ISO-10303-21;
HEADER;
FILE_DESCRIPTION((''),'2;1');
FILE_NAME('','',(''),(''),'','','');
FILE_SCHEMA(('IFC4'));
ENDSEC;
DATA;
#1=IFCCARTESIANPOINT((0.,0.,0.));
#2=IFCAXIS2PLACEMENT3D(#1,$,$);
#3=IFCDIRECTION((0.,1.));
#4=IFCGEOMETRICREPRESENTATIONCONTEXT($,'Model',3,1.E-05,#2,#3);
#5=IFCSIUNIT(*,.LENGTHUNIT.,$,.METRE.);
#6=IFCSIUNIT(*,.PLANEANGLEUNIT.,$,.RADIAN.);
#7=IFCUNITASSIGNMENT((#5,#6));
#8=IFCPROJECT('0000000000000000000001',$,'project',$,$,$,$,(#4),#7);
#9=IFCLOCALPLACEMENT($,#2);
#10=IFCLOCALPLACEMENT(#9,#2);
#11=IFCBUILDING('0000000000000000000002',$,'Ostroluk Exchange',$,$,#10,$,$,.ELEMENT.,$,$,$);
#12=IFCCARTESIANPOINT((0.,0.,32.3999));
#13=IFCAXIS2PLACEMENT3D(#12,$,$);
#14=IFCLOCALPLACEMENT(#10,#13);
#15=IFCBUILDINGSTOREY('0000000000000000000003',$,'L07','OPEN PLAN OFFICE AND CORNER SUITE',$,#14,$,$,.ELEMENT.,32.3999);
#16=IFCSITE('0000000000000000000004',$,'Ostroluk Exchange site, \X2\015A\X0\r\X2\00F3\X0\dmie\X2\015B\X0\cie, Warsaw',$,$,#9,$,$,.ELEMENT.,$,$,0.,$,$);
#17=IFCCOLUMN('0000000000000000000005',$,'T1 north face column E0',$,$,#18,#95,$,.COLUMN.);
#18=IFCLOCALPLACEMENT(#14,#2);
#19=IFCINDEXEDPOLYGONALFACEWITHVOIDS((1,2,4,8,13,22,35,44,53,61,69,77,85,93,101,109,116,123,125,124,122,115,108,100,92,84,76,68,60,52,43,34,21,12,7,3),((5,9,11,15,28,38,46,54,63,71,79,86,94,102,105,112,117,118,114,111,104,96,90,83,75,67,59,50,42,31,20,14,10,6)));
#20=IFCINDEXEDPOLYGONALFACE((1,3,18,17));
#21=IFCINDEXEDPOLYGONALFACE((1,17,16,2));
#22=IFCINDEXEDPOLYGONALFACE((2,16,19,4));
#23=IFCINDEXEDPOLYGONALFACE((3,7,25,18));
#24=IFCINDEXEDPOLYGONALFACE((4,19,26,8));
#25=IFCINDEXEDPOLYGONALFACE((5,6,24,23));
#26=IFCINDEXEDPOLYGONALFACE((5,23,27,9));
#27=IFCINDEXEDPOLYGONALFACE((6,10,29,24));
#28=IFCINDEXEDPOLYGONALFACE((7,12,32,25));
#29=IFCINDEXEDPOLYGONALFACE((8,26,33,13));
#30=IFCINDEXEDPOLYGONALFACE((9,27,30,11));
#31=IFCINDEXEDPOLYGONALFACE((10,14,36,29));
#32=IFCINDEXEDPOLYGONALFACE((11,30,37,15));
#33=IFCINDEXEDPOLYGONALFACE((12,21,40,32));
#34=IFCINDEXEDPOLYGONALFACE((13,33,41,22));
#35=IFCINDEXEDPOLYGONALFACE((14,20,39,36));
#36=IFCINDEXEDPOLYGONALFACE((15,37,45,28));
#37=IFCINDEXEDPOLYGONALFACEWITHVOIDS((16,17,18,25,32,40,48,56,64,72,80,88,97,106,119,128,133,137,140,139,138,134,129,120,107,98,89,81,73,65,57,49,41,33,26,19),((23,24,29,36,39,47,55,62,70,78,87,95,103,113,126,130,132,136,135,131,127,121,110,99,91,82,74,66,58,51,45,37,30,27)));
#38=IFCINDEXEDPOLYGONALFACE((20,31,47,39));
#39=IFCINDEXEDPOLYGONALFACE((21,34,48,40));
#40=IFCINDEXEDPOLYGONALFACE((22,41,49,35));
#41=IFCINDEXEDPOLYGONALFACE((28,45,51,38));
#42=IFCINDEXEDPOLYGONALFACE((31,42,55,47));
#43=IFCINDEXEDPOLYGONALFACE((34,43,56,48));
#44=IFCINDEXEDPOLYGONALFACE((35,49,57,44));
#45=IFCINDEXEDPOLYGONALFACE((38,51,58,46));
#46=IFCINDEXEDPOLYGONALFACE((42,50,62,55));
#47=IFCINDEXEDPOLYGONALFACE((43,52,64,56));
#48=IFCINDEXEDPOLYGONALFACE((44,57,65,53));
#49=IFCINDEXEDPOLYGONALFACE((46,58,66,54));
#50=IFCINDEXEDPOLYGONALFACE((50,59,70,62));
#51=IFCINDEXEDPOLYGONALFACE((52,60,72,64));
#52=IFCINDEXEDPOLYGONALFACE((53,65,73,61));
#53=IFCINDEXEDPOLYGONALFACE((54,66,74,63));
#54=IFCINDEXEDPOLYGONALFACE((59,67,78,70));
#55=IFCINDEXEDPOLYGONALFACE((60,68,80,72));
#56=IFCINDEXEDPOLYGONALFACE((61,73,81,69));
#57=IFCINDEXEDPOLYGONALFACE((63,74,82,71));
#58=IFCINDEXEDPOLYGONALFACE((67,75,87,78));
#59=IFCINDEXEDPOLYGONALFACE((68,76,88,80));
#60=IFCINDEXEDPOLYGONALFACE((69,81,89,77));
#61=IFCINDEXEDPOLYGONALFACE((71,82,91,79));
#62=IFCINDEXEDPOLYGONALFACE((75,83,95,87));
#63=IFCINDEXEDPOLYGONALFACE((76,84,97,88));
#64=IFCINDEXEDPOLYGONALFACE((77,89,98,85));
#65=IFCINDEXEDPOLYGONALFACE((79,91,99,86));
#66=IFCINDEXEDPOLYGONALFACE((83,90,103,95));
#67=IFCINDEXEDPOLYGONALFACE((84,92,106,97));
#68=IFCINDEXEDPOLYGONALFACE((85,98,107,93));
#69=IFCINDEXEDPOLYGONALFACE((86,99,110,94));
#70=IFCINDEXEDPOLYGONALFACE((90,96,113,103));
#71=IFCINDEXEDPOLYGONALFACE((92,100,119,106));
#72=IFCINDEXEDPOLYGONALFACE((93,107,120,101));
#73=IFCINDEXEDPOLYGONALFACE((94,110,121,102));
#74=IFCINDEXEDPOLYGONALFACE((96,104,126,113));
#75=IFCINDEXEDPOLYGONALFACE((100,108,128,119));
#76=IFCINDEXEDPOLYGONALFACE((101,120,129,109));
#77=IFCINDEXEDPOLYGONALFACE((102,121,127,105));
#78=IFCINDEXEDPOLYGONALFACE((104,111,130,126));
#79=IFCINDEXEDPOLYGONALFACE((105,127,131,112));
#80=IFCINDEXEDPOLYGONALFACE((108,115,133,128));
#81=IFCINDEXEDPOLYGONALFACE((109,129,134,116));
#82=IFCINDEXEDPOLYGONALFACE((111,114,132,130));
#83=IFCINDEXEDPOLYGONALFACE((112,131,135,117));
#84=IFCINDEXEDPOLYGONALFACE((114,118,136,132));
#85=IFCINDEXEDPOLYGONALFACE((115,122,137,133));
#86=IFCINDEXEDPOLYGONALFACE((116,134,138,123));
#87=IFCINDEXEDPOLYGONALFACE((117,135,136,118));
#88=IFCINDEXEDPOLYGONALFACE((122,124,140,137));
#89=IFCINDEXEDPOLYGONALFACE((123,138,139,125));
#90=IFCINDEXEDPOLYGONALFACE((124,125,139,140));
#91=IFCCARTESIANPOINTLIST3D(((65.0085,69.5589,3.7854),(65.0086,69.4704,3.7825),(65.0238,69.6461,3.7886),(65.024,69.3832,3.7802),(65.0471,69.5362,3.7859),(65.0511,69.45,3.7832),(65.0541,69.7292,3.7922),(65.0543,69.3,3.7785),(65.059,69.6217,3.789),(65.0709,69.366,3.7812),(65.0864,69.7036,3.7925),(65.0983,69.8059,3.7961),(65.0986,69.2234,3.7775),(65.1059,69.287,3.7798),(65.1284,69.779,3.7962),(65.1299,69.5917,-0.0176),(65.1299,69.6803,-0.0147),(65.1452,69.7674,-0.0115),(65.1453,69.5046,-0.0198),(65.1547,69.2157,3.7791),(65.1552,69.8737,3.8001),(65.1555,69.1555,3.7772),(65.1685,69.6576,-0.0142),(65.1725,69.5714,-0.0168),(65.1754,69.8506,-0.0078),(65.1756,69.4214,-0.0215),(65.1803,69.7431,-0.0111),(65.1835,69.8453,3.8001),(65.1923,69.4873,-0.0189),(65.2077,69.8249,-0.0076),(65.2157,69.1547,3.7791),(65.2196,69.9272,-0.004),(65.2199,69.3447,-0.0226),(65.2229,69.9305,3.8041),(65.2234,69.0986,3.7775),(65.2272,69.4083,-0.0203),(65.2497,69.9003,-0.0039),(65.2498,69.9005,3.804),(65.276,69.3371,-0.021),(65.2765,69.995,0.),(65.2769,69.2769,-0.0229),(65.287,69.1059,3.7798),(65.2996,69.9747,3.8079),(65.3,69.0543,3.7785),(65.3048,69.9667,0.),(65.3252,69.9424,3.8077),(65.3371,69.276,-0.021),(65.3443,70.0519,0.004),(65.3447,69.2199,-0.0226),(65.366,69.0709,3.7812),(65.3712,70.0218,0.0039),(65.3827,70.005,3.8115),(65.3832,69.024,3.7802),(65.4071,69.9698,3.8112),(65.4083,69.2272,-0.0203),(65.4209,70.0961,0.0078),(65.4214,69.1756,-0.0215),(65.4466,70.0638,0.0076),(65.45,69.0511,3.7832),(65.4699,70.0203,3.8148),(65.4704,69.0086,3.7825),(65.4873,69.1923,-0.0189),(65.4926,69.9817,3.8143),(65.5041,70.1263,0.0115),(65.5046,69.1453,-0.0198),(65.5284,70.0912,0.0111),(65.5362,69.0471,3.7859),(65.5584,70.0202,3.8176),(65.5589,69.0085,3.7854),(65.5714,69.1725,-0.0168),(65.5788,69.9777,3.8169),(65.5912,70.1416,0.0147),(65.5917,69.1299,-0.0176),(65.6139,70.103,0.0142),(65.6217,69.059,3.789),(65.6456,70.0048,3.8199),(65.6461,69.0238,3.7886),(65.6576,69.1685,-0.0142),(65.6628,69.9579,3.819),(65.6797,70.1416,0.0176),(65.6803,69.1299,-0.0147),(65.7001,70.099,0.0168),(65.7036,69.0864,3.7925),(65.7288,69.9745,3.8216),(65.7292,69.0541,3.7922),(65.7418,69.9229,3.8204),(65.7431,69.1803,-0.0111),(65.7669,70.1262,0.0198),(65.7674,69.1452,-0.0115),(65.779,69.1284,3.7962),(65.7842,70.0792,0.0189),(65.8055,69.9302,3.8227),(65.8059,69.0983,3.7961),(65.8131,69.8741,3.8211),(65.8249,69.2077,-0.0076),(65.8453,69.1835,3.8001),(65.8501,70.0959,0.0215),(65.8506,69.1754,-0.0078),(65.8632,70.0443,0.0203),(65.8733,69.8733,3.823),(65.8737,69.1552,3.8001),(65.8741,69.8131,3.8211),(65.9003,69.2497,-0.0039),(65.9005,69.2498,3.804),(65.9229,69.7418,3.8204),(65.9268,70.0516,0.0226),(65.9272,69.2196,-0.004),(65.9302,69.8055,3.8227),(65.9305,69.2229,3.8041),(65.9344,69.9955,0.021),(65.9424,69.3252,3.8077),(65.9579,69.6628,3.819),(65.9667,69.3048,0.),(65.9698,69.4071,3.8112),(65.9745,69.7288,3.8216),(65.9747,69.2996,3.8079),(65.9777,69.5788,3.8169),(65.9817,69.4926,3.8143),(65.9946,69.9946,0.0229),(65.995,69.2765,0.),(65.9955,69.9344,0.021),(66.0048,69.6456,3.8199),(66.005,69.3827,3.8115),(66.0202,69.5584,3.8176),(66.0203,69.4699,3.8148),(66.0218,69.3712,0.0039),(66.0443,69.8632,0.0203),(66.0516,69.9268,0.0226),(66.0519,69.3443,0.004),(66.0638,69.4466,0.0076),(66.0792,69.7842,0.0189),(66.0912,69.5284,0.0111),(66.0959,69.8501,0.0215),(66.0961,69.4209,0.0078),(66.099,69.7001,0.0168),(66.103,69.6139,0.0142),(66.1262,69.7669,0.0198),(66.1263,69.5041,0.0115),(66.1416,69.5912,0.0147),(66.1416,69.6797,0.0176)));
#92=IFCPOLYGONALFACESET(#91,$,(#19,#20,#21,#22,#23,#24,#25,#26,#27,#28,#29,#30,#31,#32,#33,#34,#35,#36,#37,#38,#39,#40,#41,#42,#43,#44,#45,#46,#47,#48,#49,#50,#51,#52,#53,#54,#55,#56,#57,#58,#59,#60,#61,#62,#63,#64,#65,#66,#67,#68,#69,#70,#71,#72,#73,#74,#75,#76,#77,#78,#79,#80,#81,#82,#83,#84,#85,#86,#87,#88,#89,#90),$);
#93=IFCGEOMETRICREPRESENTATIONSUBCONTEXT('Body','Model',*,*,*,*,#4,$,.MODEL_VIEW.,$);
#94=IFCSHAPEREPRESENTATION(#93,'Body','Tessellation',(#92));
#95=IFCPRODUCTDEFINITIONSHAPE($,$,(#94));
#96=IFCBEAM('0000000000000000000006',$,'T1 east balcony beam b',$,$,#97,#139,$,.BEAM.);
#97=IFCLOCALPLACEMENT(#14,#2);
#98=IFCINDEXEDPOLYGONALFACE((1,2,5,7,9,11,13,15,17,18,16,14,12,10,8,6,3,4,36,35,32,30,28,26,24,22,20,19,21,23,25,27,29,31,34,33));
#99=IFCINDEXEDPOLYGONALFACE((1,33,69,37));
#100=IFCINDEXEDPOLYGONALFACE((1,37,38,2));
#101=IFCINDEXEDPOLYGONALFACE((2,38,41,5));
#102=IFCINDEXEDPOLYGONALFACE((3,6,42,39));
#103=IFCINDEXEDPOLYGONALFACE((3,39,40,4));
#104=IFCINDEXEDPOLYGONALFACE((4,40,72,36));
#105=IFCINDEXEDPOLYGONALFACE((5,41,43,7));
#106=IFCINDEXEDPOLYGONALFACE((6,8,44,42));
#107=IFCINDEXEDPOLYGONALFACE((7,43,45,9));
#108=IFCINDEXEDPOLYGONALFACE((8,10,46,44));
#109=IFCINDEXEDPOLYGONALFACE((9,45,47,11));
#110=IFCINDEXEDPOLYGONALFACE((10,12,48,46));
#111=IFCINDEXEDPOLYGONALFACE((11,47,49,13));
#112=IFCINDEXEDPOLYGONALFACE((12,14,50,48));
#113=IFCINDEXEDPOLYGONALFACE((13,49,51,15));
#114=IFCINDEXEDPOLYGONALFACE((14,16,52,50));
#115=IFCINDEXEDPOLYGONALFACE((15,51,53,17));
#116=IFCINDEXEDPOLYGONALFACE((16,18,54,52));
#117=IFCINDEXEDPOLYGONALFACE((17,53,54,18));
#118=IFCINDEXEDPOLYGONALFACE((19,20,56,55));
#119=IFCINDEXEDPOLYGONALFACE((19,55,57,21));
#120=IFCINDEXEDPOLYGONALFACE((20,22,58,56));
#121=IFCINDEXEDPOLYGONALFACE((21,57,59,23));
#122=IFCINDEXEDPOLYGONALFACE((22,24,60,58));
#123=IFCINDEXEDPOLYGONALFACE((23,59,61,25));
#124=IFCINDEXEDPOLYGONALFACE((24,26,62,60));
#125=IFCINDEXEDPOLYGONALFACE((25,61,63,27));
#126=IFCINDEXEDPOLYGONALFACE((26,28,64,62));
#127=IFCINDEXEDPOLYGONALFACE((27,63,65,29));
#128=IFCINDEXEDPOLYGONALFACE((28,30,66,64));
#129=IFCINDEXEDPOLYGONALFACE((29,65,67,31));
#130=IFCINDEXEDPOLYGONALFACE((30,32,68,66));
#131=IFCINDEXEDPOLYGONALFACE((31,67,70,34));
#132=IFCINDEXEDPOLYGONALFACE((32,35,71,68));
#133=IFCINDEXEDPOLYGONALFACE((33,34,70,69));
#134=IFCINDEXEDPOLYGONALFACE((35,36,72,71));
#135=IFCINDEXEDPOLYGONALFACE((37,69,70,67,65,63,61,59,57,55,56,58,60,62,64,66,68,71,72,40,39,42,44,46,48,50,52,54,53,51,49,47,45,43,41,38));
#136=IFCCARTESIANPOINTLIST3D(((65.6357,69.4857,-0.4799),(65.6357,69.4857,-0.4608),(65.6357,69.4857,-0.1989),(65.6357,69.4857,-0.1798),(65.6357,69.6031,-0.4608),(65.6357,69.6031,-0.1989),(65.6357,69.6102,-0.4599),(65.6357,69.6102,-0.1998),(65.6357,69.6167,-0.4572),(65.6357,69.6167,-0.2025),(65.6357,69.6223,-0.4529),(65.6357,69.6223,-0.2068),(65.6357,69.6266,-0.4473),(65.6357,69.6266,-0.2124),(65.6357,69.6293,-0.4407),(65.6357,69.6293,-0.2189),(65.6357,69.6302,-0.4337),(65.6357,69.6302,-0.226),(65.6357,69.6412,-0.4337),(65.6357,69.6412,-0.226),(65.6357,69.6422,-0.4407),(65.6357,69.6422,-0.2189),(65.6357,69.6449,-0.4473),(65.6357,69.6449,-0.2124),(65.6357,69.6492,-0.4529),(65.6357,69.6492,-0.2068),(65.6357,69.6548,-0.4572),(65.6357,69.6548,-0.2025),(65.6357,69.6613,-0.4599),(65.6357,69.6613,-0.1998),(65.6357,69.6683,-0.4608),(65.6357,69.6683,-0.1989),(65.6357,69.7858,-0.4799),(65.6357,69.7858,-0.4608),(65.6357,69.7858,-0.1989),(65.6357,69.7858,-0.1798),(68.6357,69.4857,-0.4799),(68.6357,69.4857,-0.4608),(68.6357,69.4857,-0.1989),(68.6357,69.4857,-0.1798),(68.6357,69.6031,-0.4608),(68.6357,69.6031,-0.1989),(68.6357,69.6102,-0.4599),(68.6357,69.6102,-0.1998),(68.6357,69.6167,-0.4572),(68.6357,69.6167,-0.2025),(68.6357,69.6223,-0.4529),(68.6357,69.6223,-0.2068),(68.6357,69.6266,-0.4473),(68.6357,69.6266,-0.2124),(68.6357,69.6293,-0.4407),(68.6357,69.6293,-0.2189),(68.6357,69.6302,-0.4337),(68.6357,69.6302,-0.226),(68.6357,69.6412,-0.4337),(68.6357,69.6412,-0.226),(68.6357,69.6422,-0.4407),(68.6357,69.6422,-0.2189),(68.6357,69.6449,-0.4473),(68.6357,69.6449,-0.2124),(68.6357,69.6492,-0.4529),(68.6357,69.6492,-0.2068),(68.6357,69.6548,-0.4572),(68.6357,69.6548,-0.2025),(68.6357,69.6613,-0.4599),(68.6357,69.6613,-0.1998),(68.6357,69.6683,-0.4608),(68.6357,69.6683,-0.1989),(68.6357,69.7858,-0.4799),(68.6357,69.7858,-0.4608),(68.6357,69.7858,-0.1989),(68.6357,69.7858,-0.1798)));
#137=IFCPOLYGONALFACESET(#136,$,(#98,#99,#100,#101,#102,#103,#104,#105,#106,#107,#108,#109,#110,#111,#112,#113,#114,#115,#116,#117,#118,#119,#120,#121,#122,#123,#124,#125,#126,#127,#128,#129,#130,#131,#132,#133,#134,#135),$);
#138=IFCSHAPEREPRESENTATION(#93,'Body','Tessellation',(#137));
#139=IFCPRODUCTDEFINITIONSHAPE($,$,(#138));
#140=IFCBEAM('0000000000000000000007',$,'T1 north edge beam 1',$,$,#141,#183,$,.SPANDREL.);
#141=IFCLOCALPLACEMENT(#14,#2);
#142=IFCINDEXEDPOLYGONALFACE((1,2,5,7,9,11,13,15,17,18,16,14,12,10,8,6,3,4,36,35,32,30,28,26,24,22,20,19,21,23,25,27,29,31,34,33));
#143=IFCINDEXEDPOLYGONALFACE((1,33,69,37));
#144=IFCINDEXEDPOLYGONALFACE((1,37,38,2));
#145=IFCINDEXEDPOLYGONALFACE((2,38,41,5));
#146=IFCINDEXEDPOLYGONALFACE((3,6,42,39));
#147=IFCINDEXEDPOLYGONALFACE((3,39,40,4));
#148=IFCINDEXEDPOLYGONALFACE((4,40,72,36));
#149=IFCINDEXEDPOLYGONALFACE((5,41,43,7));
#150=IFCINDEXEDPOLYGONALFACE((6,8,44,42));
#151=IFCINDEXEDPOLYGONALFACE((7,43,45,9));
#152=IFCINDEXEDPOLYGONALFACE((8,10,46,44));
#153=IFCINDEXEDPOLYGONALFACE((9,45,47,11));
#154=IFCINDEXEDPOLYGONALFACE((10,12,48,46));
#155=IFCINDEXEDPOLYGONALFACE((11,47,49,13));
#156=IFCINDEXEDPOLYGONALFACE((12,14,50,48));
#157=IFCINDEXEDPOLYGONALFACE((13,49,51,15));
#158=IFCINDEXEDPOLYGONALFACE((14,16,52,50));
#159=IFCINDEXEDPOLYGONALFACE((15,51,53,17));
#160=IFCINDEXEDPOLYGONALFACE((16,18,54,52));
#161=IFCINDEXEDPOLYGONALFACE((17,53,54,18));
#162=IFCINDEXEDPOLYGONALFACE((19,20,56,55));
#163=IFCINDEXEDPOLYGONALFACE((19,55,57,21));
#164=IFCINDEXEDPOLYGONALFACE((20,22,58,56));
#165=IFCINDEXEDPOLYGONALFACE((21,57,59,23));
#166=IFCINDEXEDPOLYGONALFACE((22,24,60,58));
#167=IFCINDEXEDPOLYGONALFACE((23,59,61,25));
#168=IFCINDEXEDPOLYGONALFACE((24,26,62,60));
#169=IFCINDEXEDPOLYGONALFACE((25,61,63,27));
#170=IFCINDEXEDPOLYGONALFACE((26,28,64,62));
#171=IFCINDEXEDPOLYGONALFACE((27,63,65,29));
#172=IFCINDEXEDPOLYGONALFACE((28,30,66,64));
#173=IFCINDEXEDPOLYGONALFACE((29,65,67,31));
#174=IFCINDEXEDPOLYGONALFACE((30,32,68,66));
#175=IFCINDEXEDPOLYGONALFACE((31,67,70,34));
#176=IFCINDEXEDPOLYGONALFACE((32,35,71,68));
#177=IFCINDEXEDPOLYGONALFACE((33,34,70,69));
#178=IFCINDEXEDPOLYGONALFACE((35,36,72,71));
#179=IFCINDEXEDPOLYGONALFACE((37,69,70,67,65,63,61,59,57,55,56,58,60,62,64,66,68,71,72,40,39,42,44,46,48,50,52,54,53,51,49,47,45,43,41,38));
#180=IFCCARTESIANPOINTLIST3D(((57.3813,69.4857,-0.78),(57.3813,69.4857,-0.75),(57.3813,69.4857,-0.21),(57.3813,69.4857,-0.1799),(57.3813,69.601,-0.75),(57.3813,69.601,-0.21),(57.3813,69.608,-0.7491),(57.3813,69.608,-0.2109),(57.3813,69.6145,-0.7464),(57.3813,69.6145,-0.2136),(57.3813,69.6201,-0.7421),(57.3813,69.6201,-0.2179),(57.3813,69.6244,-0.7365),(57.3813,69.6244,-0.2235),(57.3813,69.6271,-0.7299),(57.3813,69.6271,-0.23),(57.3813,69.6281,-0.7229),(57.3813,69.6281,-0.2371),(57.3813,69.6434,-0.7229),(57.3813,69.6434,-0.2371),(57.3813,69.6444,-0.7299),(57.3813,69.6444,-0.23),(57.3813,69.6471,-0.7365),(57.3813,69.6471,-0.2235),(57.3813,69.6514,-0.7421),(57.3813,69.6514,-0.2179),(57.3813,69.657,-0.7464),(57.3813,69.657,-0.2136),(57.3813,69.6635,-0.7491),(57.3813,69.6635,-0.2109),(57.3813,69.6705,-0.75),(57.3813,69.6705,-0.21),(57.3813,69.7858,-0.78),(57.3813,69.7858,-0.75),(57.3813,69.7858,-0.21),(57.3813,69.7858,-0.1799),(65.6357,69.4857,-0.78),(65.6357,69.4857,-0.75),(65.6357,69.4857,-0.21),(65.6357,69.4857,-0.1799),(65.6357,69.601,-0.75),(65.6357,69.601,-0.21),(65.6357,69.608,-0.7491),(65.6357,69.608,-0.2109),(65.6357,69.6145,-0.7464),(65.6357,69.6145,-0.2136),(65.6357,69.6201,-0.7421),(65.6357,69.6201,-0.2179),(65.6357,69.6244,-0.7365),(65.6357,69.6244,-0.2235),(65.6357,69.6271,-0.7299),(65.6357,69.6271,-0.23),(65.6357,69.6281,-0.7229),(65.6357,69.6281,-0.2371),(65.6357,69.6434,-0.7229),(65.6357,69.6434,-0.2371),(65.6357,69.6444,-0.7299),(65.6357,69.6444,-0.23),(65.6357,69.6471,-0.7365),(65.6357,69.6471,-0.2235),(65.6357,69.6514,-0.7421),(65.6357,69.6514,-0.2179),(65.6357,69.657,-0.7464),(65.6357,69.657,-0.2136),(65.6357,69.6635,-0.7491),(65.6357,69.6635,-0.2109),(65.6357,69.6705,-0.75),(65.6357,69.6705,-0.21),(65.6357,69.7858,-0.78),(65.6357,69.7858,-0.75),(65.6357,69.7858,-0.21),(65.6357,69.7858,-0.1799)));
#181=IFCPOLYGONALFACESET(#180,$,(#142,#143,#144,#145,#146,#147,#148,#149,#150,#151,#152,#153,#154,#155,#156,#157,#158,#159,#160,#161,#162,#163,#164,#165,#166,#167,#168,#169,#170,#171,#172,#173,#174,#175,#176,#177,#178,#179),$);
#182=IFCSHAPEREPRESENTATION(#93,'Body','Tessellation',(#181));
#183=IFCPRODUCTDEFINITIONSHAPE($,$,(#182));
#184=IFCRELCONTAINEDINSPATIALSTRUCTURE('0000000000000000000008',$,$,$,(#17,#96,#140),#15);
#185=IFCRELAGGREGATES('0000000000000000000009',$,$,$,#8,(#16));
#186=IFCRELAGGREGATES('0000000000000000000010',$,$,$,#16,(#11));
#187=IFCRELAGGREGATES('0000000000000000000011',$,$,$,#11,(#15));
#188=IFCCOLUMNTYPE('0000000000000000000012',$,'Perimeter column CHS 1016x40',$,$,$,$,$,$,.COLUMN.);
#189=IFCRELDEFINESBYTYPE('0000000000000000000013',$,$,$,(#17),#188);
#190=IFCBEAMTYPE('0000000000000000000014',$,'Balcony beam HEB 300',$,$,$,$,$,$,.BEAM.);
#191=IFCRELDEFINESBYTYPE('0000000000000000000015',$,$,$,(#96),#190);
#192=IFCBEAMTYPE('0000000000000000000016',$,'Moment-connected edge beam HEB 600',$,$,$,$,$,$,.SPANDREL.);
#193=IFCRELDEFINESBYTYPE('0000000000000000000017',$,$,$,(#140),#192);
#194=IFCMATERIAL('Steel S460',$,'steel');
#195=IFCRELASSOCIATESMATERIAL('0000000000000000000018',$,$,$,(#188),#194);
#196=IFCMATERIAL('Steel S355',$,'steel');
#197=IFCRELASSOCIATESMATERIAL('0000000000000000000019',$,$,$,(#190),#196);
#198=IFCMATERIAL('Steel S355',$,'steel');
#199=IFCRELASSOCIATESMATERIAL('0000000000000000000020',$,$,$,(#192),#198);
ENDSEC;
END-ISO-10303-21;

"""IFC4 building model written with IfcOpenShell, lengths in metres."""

from ifc_helpers import new_model, si_unit, direction, frame, origin, origin_2d, place, context, subcontext, project, spatial, hollow_circle, i_section, extrude, material, material_profile, profile_set, type_object, element, save


model = new_model("IFC4")

# Units and contexts
model_context = context("Model", 3, precision=1e-05, world=origin(), true_north=direction((0.0, 1.0)))
body_context = subcontext(model_context, "Body", "Model", "MODEL_VIEW")
ifc_project = project(units=[si_unit("LENGTHUNIT", "METRE"), si_unit("PLANEANGLEUNIT", "RADIAN")], contexts=[model_context])

# Site, building, storey
site_placement = place(None, origin())
site = spatial("IfcSite", under=ifc_project, at=site_placement, Name="Ostroluk Exchange site, Śródmieście, Warsaw", CompositionType="ELEMENT", RefElevation=0.0)
building_placement = place(site_placement, origin())
building = spatial("IfcBuilding", under=site, at=building_placement, Name="Ostroluk Exchange", CompositionType="ELEMENT")
storey_placement = place(building_placement, frame((0.0, 0.0, 32.3999)))
storey = spatial("IfcBuildingStorey", under=building, at=storey_placement, Name="L07", Description="OPEN PLAN OFFICE AND CORNER SUITE", CompositionType="ELEMENT", Elevation=32.3999)

# Column
ifc_material_1 = material(Name="Steel S460", Category="steel")
ifc_material_profile_1 = material_profile(ifc_material_1, hollow_circle(Radius=0.5081, WallThickness=0.04, at=origin_2d()), Name="CHS 1016x40")
ifc_profile_set_1 = profile_set([ifc_material_profile_1], Name="Steel S460")
column_type = type_object("IfcColumnType", Name="Perimeter column CHS 1016x40", PredefinedType="COLUMN", material=ifc_profile_set_1)
column_placement = place(storey_placement, frame((65.6357, 69.6357, 0.0), z_axis=(-0.031898, -0.031898, 0.998982), x_axis=(0.707107, -0.707107, 0.0)))
element("IfcColumn", 1, at=column_placement, inside=storey, type_object=column_type, Name="T1 north face column E0", PredefinedType="COLUMN", context=body_context, shape_type="SweptSolid", body=[
    extrude(hollow_circle(Radius=0.5081, WallThickness=0.04, at=origin_2d()), origin(), (0.0, 0.0, 1.0), 3.804),
])

# Beams
ifc_material_2 = material(Name="Steel S355", Category="steel")
ifc_material_profile_2 = material_profile(ifc_material_2, i_section(OverallWidth=0.3, OverallDepth=0.3, WebThickness=0.011, FlangeThickness=0.019, FilletRadius=0.0271, at=origin_2d()), Name="HEB 300")
ifc_profile_set_2 = profile_set([ifc_material_profile_2], Name="Steel S355")
beam_type_1 = type_object("IfcBeamType", Name="Balcony beam HEB 300", PredefinedType="BEAM", material=ifc_profile_set_2)
beam_1_placement = place(storey_placement, frame((65.6357, 69.6357, -0.3298), z_axis=(1.0, 0.0, 0.0), x_axis=(0.0, 1.0, 0.0)))
element("IfcBeam", 2, at=beam_1_placement, inside=storey, type_object=beam_type_1, Name="T1 east balcony beam b", PredefinedType="BEAM", context=body_context, shape_type="SweptSolid", body=[
    extrude(i_section(OverallWidth=0.3, OverallDepth=0.3, WebThickness=0.011, FlangeThickness=0.019, FilletRadius=0.0271, at=origin_2d()), origin(), (0.0, 0.0, 1.0), 3.0),
])
ifc_material_3 = material(Name="Steel S355", Category="steel")
ifc_material_profile_3 = material_profile(ifc_material_3, i_section(OverallWidth=0.3, OverallDepth=0.6001, WebThickness=0.0154, FlangeThickness=0.03, FilletRadius=0.0271, at=origin_2d()), Name="HEB 600")
ifc_profile_set_3 = profile_set([ifc_material_profile_3], Name="Steel S355")
beam_type_2 = type_object("IfcBeamType", Name="Moment-connected edge beam HEB 600", PredefinedType="SPANDREL", material=ifc_profile_set_3)
beam_2_placement = place(storey_placement, frame((65.6357, 69.6357, -0.48), z_axis=(-1.0, 0.0, 0.0), x_axis=(0.0, -1.0, 0.0)))
element("IfcBeam", 3, at=beam_2_placement, inside=storey, type_object=beam_type_2, Name="T1 north edge beam 1", PredefinedType="SPANDREL", context=body_context, shape_type="SweptSolid", body=[
    extrude(i_section(OverallWidth=0.3, OverallDepth=0.6001, WebThickness=0.0154, FlangeThickness=0.03, FilletRadius=0.0271, at=origin_2d()), origin(), (0.0, 0.0, 1.0), 8.2544),
])

save(model, "model.ifc")
